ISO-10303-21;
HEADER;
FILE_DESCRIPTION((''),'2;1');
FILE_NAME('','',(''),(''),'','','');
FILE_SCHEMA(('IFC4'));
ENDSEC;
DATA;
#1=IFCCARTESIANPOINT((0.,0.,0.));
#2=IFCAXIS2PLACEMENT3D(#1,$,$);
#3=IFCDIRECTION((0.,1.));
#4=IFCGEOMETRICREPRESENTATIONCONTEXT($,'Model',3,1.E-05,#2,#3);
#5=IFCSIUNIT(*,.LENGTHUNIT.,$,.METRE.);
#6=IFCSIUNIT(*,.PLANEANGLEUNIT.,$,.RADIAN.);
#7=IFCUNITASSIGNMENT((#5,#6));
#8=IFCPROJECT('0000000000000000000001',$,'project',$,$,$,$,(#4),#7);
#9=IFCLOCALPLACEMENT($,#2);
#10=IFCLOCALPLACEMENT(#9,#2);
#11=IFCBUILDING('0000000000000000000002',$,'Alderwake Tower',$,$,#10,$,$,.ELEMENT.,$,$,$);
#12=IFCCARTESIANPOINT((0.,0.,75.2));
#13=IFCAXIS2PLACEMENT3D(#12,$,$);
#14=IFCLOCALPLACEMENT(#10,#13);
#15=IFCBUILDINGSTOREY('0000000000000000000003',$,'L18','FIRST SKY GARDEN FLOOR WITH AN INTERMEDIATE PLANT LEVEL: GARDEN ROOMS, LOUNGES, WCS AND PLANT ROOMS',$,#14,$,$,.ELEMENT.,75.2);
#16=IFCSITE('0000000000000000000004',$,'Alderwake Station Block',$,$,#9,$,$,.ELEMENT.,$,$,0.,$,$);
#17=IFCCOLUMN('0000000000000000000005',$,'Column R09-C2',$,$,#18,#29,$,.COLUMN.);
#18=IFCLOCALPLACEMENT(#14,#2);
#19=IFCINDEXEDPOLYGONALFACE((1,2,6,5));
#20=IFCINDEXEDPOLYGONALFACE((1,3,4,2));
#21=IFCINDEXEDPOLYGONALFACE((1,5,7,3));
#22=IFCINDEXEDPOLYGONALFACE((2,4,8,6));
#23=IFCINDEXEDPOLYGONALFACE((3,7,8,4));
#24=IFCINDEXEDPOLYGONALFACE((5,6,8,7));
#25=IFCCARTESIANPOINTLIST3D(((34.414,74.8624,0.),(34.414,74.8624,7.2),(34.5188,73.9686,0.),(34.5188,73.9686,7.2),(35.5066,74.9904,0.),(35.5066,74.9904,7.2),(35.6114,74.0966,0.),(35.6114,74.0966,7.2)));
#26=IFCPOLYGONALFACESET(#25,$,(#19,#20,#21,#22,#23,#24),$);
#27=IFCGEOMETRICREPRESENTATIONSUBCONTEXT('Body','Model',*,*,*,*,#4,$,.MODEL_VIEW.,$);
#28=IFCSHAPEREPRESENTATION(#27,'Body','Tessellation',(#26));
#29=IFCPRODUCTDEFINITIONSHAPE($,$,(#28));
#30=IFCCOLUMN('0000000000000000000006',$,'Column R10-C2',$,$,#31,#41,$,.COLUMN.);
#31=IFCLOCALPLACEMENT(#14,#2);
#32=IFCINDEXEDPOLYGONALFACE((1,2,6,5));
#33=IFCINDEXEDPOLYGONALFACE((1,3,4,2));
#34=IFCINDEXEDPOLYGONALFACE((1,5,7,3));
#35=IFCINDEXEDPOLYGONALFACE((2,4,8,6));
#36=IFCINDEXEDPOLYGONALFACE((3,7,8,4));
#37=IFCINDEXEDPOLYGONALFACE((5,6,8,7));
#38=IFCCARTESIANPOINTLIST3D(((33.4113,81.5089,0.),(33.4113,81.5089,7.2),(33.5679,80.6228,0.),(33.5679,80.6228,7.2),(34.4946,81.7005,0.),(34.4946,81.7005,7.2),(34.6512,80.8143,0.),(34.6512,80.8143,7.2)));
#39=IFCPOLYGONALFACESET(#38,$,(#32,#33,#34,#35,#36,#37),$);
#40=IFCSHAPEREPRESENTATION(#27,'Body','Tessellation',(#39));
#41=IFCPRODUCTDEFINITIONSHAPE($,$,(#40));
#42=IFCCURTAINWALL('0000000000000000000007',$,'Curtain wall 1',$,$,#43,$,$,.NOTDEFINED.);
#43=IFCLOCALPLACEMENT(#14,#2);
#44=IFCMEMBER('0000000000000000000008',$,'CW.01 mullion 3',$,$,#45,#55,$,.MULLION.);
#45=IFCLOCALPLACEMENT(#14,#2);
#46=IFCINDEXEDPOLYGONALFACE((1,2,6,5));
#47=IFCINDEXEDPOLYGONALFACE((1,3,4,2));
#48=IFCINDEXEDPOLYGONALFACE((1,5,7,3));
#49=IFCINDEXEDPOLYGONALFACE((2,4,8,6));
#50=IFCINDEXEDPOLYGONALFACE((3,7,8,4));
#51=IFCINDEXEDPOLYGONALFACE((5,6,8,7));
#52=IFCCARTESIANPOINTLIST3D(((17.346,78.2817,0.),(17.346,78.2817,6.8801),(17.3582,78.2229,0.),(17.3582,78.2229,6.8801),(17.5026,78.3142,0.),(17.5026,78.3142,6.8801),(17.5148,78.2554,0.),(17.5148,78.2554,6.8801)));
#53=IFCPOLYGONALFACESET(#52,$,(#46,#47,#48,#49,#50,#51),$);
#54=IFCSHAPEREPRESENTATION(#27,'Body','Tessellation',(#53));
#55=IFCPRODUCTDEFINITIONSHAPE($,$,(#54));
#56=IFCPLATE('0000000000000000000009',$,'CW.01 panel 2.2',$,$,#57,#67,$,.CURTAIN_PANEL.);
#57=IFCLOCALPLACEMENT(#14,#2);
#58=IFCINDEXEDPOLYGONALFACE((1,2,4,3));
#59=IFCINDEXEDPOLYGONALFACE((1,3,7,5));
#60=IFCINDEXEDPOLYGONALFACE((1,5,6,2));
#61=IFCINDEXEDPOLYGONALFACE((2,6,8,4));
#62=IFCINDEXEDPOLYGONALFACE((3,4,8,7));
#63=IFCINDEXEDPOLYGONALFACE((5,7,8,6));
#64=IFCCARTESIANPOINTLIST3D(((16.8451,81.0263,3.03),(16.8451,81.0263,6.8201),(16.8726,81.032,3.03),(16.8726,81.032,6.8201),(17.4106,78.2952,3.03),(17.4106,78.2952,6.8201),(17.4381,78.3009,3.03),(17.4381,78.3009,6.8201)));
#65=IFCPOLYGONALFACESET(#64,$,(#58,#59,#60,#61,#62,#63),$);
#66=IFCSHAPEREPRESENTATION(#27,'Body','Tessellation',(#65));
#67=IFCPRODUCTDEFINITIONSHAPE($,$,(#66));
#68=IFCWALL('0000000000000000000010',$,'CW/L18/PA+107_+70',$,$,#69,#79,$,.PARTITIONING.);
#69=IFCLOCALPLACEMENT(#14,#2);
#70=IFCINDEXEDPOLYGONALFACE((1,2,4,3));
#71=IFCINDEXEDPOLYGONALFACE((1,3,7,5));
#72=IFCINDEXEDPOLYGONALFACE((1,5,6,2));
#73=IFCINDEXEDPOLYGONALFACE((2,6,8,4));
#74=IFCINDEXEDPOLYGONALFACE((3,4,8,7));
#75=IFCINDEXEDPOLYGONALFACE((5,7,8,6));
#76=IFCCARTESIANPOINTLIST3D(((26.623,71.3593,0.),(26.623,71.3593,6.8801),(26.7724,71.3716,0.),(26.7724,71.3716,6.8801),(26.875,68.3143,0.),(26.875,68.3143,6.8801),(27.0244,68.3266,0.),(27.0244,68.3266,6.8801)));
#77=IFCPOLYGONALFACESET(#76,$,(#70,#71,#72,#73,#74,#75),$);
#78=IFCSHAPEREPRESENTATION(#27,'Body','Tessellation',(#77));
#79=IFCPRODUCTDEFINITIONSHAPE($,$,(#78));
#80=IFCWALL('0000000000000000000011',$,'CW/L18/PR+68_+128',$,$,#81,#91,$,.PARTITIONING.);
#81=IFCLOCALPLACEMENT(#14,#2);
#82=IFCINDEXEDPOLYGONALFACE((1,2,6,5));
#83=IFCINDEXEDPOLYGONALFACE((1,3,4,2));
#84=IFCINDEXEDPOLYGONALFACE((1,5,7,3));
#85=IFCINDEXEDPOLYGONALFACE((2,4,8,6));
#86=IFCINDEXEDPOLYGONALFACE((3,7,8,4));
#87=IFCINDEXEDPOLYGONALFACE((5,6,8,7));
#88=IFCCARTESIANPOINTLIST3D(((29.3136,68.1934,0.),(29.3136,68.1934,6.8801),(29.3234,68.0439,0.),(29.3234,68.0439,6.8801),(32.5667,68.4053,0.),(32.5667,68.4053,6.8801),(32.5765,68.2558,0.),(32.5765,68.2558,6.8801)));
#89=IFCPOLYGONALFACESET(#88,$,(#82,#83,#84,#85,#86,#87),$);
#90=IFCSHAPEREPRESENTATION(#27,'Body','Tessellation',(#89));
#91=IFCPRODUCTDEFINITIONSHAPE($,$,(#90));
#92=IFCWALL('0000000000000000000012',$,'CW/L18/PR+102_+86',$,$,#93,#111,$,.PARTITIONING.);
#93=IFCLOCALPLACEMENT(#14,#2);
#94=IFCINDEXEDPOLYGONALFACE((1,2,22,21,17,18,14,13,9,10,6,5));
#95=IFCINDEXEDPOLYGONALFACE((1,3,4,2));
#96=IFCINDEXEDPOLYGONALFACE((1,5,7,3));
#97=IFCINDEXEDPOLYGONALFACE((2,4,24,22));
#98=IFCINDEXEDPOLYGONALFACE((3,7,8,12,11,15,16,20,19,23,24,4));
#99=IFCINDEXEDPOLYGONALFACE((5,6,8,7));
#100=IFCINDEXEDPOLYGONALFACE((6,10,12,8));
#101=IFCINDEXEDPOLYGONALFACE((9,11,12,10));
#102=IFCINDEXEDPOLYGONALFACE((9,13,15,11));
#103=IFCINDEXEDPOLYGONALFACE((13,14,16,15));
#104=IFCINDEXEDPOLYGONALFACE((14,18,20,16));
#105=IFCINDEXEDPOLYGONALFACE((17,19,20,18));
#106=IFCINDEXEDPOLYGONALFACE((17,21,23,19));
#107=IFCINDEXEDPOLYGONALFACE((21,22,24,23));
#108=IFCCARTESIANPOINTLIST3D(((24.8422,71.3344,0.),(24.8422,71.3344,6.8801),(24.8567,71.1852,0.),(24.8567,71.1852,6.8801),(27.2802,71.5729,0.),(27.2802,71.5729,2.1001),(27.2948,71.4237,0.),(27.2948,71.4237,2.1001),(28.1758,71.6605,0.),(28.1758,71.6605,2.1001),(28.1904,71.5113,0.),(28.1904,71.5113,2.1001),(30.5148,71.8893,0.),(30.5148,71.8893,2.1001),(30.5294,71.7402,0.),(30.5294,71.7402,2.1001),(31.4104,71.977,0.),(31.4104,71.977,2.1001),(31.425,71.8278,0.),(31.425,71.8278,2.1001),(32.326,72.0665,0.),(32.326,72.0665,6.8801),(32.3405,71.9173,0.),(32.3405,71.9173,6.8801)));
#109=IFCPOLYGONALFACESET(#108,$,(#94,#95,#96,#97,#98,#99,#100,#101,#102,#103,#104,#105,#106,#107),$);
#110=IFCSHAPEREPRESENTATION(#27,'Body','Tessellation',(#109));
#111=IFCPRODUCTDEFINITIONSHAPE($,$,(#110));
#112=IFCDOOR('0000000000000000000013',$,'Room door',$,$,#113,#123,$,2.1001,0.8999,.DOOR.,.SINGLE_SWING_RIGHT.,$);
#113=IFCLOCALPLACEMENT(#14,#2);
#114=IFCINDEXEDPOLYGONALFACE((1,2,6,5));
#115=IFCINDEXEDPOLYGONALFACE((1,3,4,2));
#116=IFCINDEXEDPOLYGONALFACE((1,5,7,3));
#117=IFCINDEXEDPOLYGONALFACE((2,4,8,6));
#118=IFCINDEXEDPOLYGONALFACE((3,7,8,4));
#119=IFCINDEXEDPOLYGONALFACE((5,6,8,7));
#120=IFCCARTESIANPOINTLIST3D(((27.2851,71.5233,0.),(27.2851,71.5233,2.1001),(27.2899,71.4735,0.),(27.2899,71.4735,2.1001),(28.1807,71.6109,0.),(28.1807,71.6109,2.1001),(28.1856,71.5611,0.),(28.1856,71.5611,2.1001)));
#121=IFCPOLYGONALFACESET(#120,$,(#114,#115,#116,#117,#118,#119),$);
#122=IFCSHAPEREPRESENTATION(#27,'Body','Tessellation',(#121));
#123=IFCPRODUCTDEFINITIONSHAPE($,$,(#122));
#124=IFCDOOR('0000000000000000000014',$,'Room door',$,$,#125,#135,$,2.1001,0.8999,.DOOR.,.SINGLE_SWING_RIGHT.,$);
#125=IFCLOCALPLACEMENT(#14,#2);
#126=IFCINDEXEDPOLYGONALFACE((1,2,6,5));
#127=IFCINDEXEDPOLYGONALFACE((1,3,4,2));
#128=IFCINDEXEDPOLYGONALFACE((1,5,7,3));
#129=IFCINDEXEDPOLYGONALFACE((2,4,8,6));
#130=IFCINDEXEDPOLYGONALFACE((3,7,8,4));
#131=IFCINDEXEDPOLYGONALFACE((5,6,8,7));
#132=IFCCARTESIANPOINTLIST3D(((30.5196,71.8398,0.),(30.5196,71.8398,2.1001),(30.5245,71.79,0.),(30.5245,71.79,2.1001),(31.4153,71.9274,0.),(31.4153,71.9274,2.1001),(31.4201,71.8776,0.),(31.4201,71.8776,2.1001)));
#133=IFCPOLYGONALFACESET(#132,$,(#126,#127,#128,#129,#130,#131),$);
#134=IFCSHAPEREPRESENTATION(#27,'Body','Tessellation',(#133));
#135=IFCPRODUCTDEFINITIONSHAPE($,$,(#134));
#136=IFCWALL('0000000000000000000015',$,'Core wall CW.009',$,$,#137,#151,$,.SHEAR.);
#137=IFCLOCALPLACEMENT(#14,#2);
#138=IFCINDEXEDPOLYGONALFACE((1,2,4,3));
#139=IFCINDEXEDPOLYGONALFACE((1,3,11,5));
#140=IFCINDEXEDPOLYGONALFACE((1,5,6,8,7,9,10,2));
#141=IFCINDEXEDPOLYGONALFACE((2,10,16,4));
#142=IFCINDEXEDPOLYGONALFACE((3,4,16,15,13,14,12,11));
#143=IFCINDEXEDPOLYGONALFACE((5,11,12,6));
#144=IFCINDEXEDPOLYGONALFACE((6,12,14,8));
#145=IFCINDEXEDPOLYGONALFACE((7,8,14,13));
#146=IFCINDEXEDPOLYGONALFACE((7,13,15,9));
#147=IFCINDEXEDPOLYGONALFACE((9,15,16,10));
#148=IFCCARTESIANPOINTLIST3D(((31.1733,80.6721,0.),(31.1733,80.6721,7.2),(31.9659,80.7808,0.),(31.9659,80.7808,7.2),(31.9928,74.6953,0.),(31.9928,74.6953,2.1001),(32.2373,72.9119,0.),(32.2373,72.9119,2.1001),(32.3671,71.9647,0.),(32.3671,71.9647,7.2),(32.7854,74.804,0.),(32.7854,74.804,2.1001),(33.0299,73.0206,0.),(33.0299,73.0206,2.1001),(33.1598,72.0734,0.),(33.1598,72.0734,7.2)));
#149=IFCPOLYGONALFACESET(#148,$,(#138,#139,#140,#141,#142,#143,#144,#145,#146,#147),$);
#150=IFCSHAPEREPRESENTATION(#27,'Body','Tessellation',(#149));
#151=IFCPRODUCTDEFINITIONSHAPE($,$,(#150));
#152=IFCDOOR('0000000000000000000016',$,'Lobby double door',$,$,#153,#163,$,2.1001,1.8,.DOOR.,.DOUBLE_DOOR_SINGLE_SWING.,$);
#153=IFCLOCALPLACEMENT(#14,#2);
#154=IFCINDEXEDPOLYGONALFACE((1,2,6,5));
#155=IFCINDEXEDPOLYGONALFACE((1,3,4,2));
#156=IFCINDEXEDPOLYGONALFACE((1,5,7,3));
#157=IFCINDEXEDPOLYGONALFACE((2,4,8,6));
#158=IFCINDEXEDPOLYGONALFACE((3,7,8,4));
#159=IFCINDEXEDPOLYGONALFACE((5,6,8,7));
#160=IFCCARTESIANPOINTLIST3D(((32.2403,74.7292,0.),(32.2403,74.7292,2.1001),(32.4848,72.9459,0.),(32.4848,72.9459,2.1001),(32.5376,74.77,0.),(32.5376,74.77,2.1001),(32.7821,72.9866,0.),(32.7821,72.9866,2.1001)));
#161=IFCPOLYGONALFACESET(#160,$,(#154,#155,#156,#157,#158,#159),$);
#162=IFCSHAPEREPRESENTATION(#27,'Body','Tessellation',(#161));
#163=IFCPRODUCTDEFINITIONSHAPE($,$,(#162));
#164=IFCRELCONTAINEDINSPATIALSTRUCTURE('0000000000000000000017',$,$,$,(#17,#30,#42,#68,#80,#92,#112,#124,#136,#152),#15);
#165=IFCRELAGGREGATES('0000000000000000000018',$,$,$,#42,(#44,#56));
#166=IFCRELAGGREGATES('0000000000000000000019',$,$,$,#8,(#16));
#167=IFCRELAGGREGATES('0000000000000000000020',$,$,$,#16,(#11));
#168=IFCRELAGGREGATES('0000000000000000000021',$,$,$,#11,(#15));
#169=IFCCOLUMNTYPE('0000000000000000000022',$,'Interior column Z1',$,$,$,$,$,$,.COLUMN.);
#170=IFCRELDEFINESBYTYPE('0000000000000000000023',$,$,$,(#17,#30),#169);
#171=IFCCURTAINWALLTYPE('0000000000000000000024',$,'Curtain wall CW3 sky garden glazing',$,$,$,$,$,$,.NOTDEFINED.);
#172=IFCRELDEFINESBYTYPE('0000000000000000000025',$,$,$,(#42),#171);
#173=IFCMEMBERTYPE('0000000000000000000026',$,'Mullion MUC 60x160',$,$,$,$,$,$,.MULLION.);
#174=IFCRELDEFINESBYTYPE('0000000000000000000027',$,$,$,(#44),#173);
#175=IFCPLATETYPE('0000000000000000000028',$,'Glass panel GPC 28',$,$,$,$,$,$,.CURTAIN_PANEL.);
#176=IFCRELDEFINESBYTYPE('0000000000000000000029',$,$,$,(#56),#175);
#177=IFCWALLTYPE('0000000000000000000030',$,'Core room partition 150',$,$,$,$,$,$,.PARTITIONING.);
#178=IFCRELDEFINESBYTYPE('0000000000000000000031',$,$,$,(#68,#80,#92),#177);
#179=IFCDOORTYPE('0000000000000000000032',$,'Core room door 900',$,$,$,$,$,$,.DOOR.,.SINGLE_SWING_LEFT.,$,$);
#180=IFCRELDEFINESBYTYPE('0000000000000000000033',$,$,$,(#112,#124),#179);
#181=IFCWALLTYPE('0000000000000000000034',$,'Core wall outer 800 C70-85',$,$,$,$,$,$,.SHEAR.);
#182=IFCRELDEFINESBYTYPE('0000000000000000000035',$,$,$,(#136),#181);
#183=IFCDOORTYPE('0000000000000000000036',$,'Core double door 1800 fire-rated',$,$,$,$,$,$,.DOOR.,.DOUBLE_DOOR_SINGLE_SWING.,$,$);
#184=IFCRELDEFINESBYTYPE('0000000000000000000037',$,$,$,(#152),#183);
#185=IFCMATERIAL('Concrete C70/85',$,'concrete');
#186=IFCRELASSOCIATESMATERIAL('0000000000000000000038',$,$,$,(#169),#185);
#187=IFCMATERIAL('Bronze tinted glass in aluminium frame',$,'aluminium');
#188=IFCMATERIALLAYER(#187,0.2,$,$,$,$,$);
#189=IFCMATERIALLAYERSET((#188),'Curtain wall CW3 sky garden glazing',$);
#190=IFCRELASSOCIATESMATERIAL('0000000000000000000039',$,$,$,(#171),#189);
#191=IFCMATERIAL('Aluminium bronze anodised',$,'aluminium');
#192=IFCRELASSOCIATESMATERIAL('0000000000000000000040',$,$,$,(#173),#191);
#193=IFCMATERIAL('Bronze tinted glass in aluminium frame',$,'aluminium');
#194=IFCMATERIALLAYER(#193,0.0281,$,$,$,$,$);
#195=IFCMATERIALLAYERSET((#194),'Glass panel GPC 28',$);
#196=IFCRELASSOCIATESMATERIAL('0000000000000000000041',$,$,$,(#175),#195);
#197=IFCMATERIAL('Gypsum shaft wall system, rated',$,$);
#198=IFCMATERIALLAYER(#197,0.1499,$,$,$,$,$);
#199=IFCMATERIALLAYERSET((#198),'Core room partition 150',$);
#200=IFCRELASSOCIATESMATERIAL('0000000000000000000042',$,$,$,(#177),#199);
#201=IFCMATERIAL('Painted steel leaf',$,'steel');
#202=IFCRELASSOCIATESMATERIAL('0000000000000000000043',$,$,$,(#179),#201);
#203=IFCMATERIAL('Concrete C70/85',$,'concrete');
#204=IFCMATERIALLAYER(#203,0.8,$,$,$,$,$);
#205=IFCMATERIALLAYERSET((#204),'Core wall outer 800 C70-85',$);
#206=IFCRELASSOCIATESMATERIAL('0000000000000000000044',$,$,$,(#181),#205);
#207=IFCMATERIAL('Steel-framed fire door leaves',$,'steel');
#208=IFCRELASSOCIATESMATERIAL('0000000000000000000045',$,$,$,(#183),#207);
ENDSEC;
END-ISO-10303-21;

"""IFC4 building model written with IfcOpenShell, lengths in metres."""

from ifc_helpers import new_model, si_unit, direction, frame, frame_2d, origin, origin_2d, place, context, subcontext, project, spatial, rectangle, extrude, material, layer, layer_set, material_profile, profile_set, type_object, element, fill, aggregate, save


model = new_model("IFC4")

# Units and contexts
model_context = context("Model", 3, precision=1e-05, world=origin(), true_north=direction((0.0, 1.0)))
body_context = subcontext(model_context, "Body", "Model", "MODEL_VIEW")
ifc_project = project(units=[si_unit("LENGTHUNIT", "METRE"), si_unit("PLANEANGLEUNIT", "RADIAN")], contexts=[model_context])

# Site, building, storey
site_placement = place(None, origin())
site = spatial("IfcSite", under=ifc_project, at=site_placement, Name="Alderwake Station Block", CompositionType="ELEMENT", RefElevation=0.0)
building_placement = place(site_placement, origin())
building = spatial("IfcBuilding", under=site, at=building_placement, Name="Alderwake Tower", CompositionType="ELEMENT")
storey_placement = place(building_placement, frame((0.0, 0.0, 75.2)))
storey = spatial("IfcBuildingStorey", under=building, at=storey_placement, Name="L18", Description="FIRST SKY GARDEN FLOOR WITH AN INTERMEDIATE PLANT LEVEL: GARDEN ROOMS, LOUNGES, WCS AND PLANT ROOMS", CompositionType="ELEMENT", Elevation=75.2)

# Columns
ifc_material_1 = material(Name="Concrete C70/85", Category="concrete")
ifc_material_profile_1 = material_profile(ifc_material_1, rectangle(XDim=0.8999, YDim=1.1001, at=origin_2d()), Name="RC 1100X900")
ifc_profile_set_1 = profile_set([ifc_material_profile_1], Name="Concrete C70/85")
column_type = type_object("IfcColumnType", Name="Interior column Z1", PredefinedType="COLUMN", material=ifc_profile_set_1)
for number, where, z_axis, x_axis, name in (
    (1, (35.0127, 74.4795, 0.0), (0.0, 0.0, 1.0), (-0.116402, 0.993202, 0.0), "Column R09-C2"),
    (2, (34.0312, 81.1616, 0.0), (0.0, 0.0, 1.0), (-0.174109, 0.984726, 0.0), "Column R10-C2"),
):
    element("IfcColumn", number, at=place(storey_placement, frame(where, z_axis=z_axis, x_axis=x_axis)), inside=storey, type_object=column_type, Name=name, PredefinedType="COLUMN", context=body_context, shape_type="SweptSolid", body=[
        extrude(rectangle(XDim=0.8999, YDim=1.1001, at=origin_2d()), origin(), (0.0, 0.0, 1.0), 7.2),
    ])

# Curtain wall, member, plate
ifc_material_2 = material(Name="Bronze tinted glass in aluminium frame", Category="aluminium")
ifc_layer_1 = layer(ifc_material_2, 0.2)
ifc_layer_set_1 = layer_set([ifc_layer_1], Name="Curtain wall CW3 sky garden glazing")
curtain_wall_type = type_object("IfcCurtainWallType", Name="Curtain wall CW3 sky garden glazing", PredefinedType="NOTDEFINED", material=ifc_layer_set_1)
curtain_wall_placement = place(storey_placement, origin())
curtain_wall = element("IfcCurtainWall", 3, at=curtain_wall_placement, inside=storey, type_object=curtain_wall_type, Name="Curtain wall 1", PredefinedType="NOTDEFINED")
ifc_material_3 = material(Name="Aluminium bronze anodised", Category="aluminium")
ifc_material_profile_2 = material_profile(ifc_material_3, rectangle(XDim=0.1599, YDim=0.0601, at=origin_2d()), Name="Mullion MUC 60x160")
ifc_profile_set_2 = profile_set([ifc_material_profile_2], Name="Aluminium bronze anodised")
member_type = type_object("IfcMemberType", Name="Mullion MUC 60x160", PredefinedType="MULLION", material=ifc_profile_set_2)
member_placement = place(storey_placement, frame((17.4304, 78.2686, 0.0), z_axis=(0.0, 0.0, 1.0), x_axis=(0.97923, 0.202751, 0.0)))
member = element("IfcMember", 4, at=member_placement, type_object=member_type, Name="CW.01 mullion 3", PredefinedType="MULLION", context=body_context, shape_type="SweptSolid", body=[
    extrude(rectangle(XDim=0.1599, YDim=0.0601, at=origin_2d()), origin(), (0.0, 0.0, 1.0), 6.8801),
])
ifc_material_4 = material(Name="Bronze tinted glass in aluminium frame", Category="aluminium")
ifc_layer_2 = layer(ifc_material_4, 0.0281)
ifc_layer_set_2 = layer_set([ifc_layer_2], Name="Glass panel GPC 28")
plate_type = type_object("IfcPlateType", Name="Glass panel GPC 28", PredefinedType="CURTAIN_PANEL", material=ifc_layer_set_2)
plate_placement = place(storey_placement, frame((17.1416, 79.6636, 3.03), z_axis=(0.0, 0.0, 1.0), x_axis=(0.202751, -0.97923, 0.0)))
plate = element("IfcPlate", 5, at=plate_placement, type_object=plate_type, Name="CW.01 panel 2.2", PredefinedType="CURTAIN_PANEL", context=body_context, shape_type="SweptSolid", body=[
    extrude(rectangle(XDim=2.7891, YDim=0.0281, at=origin_2d()), origin(), (0.0, 0.0, 1.0), 3.79),
])
aggregate(curtain_wall, [member, plate])

# Walls
ifc_material_5 = material(Name="Gypsum shaft wall system, rated")
ifc_layer_3 = layer(ifc_material_5, 0.1499)
ifc_layer_set_3 = layer_set([ifc_layer_3], Name="Core room partition 150")
wall_type_1 = type_object("IfcWallType", Name="Core room partition 150", PredefinedType="PARTITIONING", material=ifc_layer_set_3)
wall_1_placement = place(storey_placement, frame((26.9497, 68.3203, 0.0), z_axis=(0.0, 0.0, 1.0), x_axis=(-0.082464, 0.996594, 0.0)))
element("IfcWall", 6, at=wall_1_placement, inside=storey, type_object=wall_type_1, Name="CW/L18/PA+107_+70", PredefinedType="PARTITIONING", context=body_context, shape_type="SweptSolid", body=[
    extrude(rectangle(XDim=3.0554, YDim=0.1499, at=frame_2d((1.5278, 0.0))), origin(), (0.0, 0.0, 1.0), 6.8801),
])
wall_2_placement = place(storey_placement, frame((29.3186, 68.1187, 0.0), z_axis=(0.0, 0.0, 1.0), x_axis=(0.997885, 0.065003, 0.0)))
element("IfcWall", 7, at=wall_2_placement, inside=storey, type_object=wall_type_1, Name="CW/L18/PR+68_+128", PredefinedType="PARTITIONING", context=body_context, shape_type="SweptSolid", body=[
    extrude(rectangle(XDim=3.26, YDim=0.1499, at=frame_2d((1.6299, 0.0))), origin(), (0.0, 0.0, 1.0), 6.8801),
])

# Wall, openings, doors
wall_3_placement = place(storey_placement, frame((32.3333, 71.9919, 0.0), z_axis=(0.0, 0.0, 1.0), x_axis=(-0.995248, -0.097369, 0.0)))
wall_3 = element("IfcWall", 8, at=wall_3_placement, inside=storey, type_object=wall_type_1, Name="CW/L18/PR+102_+86", PredefinedType="PARTITIONING", context=body_context, shape_type="SweptSolid", body=[
    extrude(rectangle(XDim=7.5195, YDim=0.1499, at=frame_2d((3.7598, 0.0))), origin(), (0.0, 0.0, 1.0), 6.8801),
])
opening_1_placement = place(wall_3_placement, frame((4.1699, 0.0, 0.0)))
opening_1 = element("IfcOpeningElement", 9, at=opening_1_placement, cuts=wall_3, PredefinedType="OPENING", context=body_context, shape_type="SweptSolid", body=[
    extrude(rectangle(XDim=0.8999, YDim=2.1001, at=frame_2d((0.45, 1.05))), frame((0.0, 0.085, 0.0), z_axis=(0.0, -1.0, 0.0), x_axis=(1.0, 0.0, 0.0)), (0.0, 0.0, 1.0), 0.1699),
])
opening_2_placement = place(wall_3_placement, frame((0.9199, 0.0, 0.0)))
opening_2 = element("IfcOpeningElement", 10, at=opening_2_placement, cuts=wall_3, PredefinedType="OPENING", context=body_context, shape_type="SweptSolid", body=[
    extrude(rectangle(XDim=0.8999, YDim=2.1001, at=frame_2d((0.45, 1.05))), frame((0.0, 0.085, 0.0), z_axis=(0.0, -1.0, 0.0), x_axis=(1.0, 0.0, 0.0)), (0.0, 0.0, 1.0), 0.1699),
])
ifc_material_6 = material(Name="Painted steel leaf", Category="steel")
door_type_1 = type_object("IfcDoorType", Name="Core room door 900", OperationType="SINGLE_SWING_LEFT", PredefinedType="DOOR", material=ifc_material_6)
door_1_placement = place(opening_1_placement, origin())
door_1 = element("IfcDoor", 11, at=door_1_placement, inside=storey, type_object=door_type_1, Name="Room door", OperationType="SINGLE_SWING_RIGHT", OverallHeight=2.1001, OverallWidth=0.8999, PredefinedType="DOOR", context=body_context, shape_type="SweptSolid", body=[
    extrude(rectangle(XDim=0.8999, YDim=2.1001, at=frame_2d((0.45, 1.05))), frame((0.0, 0.0249, 0.0), z_axis=(0.0, -1.0, 0.0), x_axis=(1.0, 0.0, 0.0)), (0.0, 0.0, 1.0), 0.05),
])
fill(opening_1, door_1)
door_2_placement = place(opening_2_placement, origin())
door_2 = element("IfcDoor", 12, at=door_2_placement, inside=storey, type_object=door_type_1, Name="Room door", OperationType="SINGLE_SWING_RIGHT", OverallHeight=2.1001, OverallWidth=0.8999, PredefinedType="DOOR", context=body_context, shape_type="SweptSolid", body=[
    extrude(rectangle(XDim=0.8999, YDim=2.1001, at=frame_2d((0.45, 1.05))), frame((0.0, 0.0249, 0.0), z_axis=(0.0, -1.0, 0.0), x_axis=(1.0, 0.0, 0.0)), (0.0, 0.0, 1.0), 0.05),
])
fill(opening_2, door_2)

# Wall, opening, door
ifc_material_7 = material(Name="Concrete C70/85", Category="concrete")
ifc_layer_4 = layer(ifc_material_7, 0.8)
ifc_layer_set_4 = layer_set([ifc_layer_4], Name="Core wall outer 800 C70-85")
wall_type_2 = type_object("IfcWallType", Name="Core wall outer 800 C70-85", PredefinedType="SHEAR", material=ifc_layer_set_4)
wall_4_placement = place(storey_placement, frame((31.5696, 80.7266, 0.0), z_axis=(0.0, 0.0, 1.0), x_axis=(0.135838, -0.990731, 0.0)))
wall_4 = element("IfcWall", 13, at=wall_4_placement, inside=storey, type_object=wall_type_2, Name="Core wall CW.009", PredefinedType="SHEAR", context=body_context, shape_type="SweptSolid", body=[
    extrude(rectangle(XDim=8.7888, YDim=0.8, at=frame_2d((4.3945, 0.0))), origin(), (0.0, 0.0, 1.0), 7.2),
])
opening_3_placement = place(wall_4_placement, frame((6.033, 0.0, 0.0)))
opening_3 = element("IfcOpeningElement", 14, at=opening_3_placement, cuts=wall_4, PredefinedType="OPENING", context=body_context, shape_type="SweptSolid", body=[
    extrude(rectangle(XDim=1.8, YDim=2.1001, at=frame_2d((0.8999, 1.05))), frame((0.0, 0.4099, 0.0), z_axis=(0.0, -1.0, 0.0), x_axis=(1.0, 0.0, 0.0)), (0.0, 0.0, 1.0), 0.8201),
])
ifc_material_8 = material(Name="Steel-framed fire door leaves", Category="steel")
door_type_2 = type_object("IfcDoorType", Name="Core double door 1800 fire-rated", OperationType="DOUBLE_DOOR_SINGLE_SWING", PredefinedType="DOOR", material=ifc_material_8)
door_3_placement = place(opening_3_placement, origin())
door_3 = element("IfcDoor", 15, at=door_3_placement, inside=storey, type_object=door_type_2, Name="Lobby double door", OperationType="DOUBLE_DOOR_SINGLE_SWING", OverallHeight=2.1001, OverallWidth=1.8, PredefinedType="DOOR", context=body_context, shape_type="SweptSolid", body=[
    extrude(rectangle(XDim=1.8, YDim=2.1001, at=frame_2d((0.8999, 1.05))), frame((0.0, 0.1499, 0.0), z_axis=(0.0, -1.0, 0.0), x_axis=(1.0, 0.0, 0.0)), (0.0, 0.0, 1.0), 0.3),
])
fill(opening_3, door_3)

save(model, "model.ifc")
